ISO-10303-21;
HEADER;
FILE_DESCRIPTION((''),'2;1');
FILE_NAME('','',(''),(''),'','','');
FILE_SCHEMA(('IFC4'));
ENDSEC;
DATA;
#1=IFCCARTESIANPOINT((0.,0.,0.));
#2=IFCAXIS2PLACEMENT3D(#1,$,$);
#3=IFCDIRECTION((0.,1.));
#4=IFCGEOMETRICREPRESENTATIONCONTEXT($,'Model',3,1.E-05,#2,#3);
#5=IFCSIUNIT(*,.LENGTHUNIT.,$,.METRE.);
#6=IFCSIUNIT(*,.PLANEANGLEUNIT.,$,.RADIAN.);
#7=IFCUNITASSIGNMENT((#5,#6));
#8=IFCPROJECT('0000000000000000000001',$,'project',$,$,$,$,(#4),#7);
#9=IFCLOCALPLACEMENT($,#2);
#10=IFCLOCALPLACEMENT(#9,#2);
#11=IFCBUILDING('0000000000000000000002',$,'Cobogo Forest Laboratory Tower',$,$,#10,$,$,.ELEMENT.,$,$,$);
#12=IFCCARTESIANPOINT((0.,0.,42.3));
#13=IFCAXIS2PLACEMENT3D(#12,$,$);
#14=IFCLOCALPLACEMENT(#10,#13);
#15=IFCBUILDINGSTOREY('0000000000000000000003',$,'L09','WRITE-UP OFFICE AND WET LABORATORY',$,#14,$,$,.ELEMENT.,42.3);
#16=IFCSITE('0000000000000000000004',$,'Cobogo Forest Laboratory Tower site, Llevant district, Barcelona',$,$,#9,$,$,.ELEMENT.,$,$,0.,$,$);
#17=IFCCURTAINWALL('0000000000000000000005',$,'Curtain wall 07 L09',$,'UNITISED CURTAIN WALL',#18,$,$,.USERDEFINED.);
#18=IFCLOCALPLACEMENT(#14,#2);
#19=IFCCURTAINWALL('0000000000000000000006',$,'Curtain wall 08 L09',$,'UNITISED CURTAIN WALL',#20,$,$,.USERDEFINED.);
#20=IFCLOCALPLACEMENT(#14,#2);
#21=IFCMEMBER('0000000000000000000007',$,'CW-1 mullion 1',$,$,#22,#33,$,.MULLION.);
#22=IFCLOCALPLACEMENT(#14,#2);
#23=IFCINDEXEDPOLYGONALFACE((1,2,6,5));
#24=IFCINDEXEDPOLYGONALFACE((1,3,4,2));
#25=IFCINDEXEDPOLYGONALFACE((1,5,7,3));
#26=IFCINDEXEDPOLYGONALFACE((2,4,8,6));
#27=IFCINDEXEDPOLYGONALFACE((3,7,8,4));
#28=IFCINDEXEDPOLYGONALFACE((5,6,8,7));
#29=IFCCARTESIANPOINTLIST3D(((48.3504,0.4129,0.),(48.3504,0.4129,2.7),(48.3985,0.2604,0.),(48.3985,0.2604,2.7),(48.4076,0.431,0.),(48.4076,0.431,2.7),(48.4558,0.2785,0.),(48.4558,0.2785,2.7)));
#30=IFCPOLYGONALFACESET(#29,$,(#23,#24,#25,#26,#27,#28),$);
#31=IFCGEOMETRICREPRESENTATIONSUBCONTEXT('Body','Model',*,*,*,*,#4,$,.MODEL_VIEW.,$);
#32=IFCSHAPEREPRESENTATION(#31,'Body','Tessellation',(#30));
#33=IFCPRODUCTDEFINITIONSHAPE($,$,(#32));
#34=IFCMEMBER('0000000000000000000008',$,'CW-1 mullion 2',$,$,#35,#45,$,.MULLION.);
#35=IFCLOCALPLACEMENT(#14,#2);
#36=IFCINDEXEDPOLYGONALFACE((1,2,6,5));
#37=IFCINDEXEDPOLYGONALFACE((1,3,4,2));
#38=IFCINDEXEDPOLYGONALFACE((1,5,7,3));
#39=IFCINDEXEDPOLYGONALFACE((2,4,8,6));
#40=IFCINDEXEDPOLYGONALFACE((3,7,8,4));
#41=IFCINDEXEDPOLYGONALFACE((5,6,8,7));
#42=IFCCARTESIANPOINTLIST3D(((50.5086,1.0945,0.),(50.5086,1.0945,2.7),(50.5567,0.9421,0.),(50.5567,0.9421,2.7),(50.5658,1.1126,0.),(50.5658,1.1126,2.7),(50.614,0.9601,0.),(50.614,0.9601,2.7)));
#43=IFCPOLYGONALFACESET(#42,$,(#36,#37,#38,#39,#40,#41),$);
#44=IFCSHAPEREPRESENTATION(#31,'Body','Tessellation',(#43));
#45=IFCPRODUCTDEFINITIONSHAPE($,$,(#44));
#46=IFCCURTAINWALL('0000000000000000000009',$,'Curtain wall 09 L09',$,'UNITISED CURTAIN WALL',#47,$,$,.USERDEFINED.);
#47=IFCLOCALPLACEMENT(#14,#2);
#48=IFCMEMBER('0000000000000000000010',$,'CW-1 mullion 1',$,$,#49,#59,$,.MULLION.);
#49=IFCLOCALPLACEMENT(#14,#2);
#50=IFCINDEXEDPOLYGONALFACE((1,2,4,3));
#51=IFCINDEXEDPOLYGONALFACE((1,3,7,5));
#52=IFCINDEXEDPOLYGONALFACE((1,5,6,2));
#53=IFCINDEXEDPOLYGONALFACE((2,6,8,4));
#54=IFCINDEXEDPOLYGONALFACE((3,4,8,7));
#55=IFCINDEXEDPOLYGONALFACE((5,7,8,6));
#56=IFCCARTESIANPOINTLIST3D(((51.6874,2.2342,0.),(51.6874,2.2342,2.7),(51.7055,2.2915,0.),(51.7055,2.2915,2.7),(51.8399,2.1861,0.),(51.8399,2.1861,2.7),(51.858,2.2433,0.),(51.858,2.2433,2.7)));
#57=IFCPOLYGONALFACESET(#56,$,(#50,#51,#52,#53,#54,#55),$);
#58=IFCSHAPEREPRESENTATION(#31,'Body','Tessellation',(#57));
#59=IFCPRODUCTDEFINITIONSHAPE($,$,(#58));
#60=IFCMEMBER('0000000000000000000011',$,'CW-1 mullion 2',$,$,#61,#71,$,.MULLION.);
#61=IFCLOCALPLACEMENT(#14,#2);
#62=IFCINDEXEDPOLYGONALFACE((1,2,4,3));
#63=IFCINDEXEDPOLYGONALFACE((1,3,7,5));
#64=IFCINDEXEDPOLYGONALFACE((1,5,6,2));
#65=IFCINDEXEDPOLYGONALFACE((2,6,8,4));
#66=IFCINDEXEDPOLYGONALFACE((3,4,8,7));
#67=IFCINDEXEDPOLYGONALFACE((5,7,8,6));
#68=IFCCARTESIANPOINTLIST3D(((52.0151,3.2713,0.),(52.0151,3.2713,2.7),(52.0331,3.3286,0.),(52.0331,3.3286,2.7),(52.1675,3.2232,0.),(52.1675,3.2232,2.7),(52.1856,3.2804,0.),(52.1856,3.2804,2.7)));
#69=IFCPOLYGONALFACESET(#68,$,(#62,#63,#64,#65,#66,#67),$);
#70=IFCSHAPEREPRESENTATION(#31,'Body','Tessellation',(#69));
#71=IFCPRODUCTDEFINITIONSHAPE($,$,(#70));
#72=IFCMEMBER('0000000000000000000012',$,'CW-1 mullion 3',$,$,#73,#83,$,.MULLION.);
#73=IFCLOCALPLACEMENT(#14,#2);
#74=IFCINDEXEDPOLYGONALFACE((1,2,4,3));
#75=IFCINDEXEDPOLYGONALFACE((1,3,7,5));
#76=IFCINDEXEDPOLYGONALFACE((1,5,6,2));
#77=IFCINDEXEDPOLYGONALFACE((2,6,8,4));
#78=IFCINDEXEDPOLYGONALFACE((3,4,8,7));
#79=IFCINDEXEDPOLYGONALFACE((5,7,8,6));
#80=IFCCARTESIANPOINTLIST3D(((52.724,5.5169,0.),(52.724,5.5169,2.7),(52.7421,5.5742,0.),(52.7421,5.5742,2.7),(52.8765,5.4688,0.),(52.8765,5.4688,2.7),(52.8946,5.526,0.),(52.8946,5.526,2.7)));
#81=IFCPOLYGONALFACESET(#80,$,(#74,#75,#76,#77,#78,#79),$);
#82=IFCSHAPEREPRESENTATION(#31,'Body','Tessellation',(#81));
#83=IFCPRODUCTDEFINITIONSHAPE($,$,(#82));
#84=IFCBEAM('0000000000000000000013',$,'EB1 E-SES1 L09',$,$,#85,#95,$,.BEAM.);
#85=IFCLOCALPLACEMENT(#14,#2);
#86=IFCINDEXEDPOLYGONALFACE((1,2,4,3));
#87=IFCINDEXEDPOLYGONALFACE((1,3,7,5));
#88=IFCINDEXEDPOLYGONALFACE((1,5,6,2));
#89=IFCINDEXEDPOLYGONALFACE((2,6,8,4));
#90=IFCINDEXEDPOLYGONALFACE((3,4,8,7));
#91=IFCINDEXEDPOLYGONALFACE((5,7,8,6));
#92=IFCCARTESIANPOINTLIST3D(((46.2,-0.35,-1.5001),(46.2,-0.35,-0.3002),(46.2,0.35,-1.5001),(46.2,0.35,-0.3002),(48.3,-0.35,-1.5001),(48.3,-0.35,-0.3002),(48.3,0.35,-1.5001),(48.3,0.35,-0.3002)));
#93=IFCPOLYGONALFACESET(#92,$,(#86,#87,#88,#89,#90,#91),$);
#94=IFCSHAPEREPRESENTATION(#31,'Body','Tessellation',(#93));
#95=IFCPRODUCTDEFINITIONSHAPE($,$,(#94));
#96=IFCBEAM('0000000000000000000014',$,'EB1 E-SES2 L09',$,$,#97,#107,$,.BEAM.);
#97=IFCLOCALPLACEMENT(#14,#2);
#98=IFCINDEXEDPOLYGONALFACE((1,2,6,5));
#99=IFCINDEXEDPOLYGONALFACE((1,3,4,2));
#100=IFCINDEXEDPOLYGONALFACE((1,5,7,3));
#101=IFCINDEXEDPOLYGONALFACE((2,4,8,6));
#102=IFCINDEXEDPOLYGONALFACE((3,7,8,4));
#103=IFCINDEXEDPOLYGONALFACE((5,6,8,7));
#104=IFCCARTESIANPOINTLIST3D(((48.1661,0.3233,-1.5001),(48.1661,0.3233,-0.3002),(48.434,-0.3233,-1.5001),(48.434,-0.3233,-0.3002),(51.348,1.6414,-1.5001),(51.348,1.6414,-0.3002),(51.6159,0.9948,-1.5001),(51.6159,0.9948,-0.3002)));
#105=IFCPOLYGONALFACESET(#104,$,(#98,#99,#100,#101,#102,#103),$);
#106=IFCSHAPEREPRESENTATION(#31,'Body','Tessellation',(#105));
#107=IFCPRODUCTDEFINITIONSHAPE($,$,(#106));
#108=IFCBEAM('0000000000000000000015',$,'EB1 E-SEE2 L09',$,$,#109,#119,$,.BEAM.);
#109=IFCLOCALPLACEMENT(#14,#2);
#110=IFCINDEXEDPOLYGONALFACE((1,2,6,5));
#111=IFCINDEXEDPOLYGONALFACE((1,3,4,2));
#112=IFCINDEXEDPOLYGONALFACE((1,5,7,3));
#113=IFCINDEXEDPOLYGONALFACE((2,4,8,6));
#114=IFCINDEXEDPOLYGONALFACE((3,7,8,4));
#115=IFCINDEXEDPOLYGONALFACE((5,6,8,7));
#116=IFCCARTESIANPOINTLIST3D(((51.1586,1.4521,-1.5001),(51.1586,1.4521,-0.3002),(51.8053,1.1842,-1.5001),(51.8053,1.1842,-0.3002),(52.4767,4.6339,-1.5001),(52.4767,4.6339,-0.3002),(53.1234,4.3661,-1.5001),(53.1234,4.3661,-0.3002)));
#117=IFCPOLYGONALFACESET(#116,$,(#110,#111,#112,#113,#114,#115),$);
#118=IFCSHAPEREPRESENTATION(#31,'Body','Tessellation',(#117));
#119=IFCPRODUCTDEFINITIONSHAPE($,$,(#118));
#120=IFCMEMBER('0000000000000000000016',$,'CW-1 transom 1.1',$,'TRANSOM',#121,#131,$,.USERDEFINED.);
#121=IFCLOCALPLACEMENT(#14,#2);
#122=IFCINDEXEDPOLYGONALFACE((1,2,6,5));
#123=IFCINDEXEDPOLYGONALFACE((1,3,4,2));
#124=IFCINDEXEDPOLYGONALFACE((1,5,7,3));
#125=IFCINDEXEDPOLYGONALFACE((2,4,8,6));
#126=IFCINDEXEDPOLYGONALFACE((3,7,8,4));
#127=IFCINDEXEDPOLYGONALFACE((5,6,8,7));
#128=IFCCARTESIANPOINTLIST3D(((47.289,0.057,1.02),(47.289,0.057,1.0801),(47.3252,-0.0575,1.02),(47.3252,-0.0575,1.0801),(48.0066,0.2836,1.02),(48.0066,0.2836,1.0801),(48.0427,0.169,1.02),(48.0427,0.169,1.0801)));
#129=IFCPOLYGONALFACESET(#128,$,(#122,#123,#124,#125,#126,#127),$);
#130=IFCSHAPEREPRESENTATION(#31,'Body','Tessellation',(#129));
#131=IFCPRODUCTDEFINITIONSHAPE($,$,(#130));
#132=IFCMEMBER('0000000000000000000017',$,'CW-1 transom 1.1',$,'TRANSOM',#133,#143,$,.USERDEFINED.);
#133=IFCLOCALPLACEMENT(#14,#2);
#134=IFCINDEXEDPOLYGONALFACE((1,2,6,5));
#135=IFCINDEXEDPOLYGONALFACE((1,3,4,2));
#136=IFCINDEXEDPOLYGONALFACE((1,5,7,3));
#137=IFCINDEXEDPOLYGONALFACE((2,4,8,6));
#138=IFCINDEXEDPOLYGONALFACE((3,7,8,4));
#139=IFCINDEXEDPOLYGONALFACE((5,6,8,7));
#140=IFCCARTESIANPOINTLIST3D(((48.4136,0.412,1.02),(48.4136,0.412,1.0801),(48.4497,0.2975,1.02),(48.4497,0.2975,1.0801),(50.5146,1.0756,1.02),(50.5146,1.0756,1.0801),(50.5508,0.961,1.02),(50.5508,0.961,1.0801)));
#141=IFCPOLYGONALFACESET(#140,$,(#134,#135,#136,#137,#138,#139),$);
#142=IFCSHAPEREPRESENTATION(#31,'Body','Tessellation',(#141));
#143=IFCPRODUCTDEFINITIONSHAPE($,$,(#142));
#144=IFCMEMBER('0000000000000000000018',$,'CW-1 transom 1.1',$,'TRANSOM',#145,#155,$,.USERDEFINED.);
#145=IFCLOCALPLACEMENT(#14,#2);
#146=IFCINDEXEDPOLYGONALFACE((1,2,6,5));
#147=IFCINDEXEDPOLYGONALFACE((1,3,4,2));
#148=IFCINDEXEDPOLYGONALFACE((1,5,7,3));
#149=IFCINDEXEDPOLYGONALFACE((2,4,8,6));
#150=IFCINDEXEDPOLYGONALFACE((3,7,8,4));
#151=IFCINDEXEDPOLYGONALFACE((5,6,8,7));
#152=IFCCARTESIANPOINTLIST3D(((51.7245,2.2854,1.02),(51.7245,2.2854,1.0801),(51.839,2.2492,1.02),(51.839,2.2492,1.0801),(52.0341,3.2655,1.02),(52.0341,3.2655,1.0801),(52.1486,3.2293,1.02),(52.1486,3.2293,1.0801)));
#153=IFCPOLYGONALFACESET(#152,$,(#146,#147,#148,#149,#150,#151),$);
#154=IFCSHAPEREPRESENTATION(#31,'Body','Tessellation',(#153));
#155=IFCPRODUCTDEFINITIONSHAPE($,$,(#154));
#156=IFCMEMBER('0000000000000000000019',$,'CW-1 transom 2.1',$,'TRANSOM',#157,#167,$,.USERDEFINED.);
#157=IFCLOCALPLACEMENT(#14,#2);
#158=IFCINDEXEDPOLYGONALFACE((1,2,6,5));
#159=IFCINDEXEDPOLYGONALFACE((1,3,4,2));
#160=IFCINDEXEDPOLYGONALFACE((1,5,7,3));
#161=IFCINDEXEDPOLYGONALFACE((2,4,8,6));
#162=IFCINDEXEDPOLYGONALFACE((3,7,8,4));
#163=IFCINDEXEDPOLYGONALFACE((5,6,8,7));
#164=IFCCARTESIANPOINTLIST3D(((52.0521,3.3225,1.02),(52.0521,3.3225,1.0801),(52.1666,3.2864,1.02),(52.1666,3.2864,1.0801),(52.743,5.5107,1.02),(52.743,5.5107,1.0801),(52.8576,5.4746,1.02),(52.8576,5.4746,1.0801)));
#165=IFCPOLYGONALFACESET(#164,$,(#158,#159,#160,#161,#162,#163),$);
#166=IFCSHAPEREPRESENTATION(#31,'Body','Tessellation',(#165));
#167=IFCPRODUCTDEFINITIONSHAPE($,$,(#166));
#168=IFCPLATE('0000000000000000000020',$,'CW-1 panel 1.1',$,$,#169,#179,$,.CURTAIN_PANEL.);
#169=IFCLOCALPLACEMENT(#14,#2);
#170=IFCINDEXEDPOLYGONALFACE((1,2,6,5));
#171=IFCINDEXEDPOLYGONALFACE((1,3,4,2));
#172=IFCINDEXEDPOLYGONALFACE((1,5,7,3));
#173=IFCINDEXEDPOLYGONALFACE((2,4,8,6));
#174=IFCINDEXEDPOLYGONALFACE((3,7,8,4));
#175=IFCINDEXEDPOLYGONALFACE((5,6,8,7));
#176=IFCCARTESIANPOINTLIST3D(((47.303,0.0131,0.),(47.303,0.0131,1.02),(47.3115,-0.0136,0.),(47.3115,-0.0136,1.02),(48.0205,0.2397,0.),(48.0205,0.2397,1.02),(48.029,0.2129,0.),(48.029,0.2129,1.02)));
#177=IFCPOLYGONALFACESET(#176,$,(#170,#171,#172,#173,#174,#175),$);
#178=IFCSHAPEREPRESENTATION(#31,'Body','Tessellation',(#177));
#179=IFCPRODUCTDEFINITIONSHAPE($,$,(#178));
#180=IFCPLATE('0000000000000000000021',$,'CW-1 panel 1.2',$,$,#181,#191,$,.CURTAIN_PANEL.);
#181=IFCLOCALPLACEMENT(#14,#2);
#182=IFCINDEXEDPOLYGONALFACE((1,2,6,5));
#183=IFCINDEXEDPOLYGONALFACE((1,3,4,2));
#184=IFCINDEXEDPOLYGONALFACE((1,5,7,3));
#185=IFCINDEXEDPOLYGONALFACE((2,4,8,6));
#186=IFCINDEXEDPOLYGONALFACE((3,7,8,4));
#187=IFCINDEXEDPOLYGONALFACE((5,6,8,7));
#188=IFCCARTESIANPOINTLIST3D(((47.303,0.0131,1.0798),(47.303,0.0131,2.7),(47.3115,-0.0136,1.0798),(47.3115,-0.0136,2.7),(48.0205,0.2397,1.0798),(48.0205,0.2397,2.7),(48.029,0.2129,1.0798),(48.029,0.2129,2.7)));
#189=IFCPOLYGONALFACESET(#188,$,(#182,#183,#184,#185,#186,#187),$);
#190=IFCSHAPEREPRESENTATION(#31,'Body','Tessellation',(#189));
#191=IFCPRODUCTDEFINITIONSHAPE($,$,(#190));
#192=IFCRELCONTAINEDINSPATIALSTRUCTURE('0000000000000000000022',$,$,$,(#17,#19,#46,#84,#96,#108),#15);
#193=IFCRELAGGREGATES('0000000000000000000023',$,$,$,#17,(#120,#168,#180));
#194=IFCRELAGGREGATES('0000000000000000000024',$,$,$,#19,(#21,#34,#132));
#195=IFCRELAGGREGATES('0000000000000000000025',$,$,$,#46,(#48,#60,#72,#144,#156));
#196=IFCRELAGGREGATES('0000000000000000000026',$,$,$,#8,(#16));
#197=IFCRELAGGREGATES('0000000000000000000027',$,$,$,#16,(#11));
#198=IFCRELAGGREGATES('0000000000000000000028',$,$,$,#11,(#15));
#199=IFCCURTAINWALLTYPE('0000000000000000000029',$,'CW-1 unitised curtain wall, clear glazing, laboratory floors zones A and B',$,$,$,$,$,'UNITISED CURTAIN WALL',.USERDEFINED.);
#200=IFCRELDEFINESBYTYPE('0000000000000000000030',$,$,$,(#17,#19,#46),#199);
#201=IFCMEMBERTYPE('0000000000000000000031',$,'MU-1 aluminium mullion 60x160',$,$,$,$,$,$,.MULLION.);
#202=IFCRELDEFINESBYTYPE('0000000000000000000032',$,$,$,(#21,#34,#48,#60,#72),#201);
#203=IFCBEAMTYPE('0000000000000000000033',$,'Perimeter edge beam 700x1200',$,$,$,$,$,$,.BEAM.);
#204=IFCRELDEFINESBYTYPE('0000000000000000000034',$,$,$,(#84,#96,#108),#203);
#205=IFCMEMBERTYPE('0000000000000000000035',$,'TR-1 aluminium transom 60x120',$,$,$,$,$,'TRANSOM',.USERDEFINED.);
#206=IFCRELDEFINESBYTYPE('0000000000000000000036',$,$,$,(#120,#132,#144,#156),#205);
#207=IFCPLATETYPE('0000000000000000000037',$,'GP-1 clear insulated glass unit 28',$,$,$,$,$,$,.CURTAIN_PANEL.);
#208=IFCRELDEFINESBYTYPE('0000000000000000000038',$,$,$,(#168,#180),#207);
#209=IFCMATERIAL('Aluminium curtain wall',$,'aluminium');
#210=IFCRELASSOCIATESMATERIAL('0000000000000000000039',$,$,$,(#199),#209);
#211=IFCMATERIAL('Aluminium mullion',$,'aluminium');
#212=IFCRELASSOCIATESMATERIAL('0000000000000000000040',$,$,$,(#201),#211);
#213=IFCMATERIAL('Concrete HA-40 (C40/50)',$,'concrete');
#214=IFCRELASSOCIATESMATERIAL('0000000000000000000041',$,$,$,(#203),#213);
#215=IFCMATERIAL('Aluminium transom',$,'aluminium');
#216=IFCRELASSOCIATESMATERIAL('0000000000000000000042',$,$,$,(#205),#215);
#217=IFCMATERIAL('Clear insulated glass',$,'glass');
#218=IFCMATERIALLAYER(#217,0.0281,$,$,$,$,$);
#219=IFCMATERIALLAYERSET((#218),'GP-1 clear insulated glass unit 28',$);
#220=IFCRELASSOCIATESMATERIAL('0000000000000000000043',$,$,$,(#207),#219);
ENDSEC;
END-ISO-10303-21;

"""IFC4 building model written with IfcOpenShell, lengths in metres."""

from ifc_helpers import new_model, si_unit, direction, frame, origin, origin_2d, place, context, subcontext, project, spatial, rectangle, extrude, material, layer, layer_set, material_profile, profile_set, type_object, element, aggregate, save


model = new_model("IFC4")

# Units and contexts
model_context = context("Model", 3, precision=1e-05, world=origin(), true_north=direction((0.0, 1.0)))
body_context = subcontext(model_context, "Body", "Model", "MODEL_VIEW")
ifc_project = project(units=[si_unit("LENGTHUNIT", "METRE"), si_unit("PLANEANGLEUNIT", "RADIAN")], contexts=[model_context])

# Site, building, storey
site_placement = place(None, origin())
site = spatial("IfcSite", under=ifc_project, at=site_placement, Name="Cobogo Forest Laboratory Tower site, Llevant district, Barcelona", CompositionType="ELEMENT", RefElevation=0.0)
building_placement = place(site_placement, origin())
building = spatial("IfcBuilding", under=site, at=building_placement, Name="Cobogo Forest Laboratory Tower", CompositionType="ELEMENT")
storey_placement = place(building_placement, frame((0.0, 0.0, 42.3)))
storey = spatial("IfcBuildingStorey", under=building, at=storey_placement, Name="L09", Description="WRITE-UP OFFICE AND WET LABORATORY", CompositionType="ELEMENT", Elevation=42.3)

# Shared definitions
ifc_material_1 = material(Name="Concrete HA-40 (C40/50)", Category="concrete")

# Shared definitions
ifc_material_2 = material(Name="Aluminium curtain wall", Category="aluminium")
curtain_wall_type = type_object("IfcCurtainWallType", Name="CW-1 unitised curtain wall, clear glazing, laboratory floors zones A and B", ElementType="UNITISED CURTAIN WALL", PredefinedType="USERDEFINED", material=ifc_material_2)
ifc_material_3 = material(Name="Aluminium mullion", Category="aluminium")
ifc_material_profile_1 = material_profile(ifc_material_3, rectangle(XDim=0.0601, YDim=0.1599, at=origin_2d()), Name="AL 60x160")
ifc_profile_set_1 = profile_set([ifc_material_profile_1], Name="Aluminium mullion")
member_type_1 = type_object("IfcMemberType", Name="MU-1 aluminium mullion 60x160", PredefinedType="MULLION", material=ifc_profile_set_1)

# Curtain walls, members
curtain_wall_1_placement = place(storey_placement, origin())
curtain_wall_1 = element("IfcCurtainWall", 1, at=curtain_wall_1_placement, inside=storey, type_object=curtain_wall_type, Name="Curtain wall 07 L09", ObjectType="UNITISED CURTAIN WALL", PredefinedType="USERDEFINED")
curtain_wall_2_placement = place(storey_placement, origin())
curtain_wall_2 = element("IfcCurtainWall", 2, at=curtain_wall_2_placement, inside=storey, type_object=curtain_wall_type, Name="Curtain wall 08 L09", ObjectType="UNITISED CURTAIN WALL", PredefinedType="USERDEFINED")
member_1_placement = place(storey_placement, frame((48.4031, 0.3457, 0.0), z_axis=(0.0, 0.0, 1.0), x_axis=(0.953581, 0.301135, 0.0)))
member_1 = element("IfcMember", 3, at=member_1_placement, type_object=member_type_1, Name="CW-1 mullion 1", PredefinedType="MULLION", context=body_context, shape_type="SweptSolid", body=[
    extrude(rectangle(XDim=0.0601, YDim=0.1599, at=origin_2d()), origin(), (0.0, 0.0, 1.0), 2.7),
])
member_2_placement = place(storey_placement, frame((50.5613, 1.0273, 0.0), z_axis=(0.0, 0.0, 1.0), x_axis=(0.953581, 0.301135, 0.0)))
member_2 = element("IfcMember", 4, at=member_2_placement, type_object=member_type_1, Name="CW-1 mullion 2", PredefinedType="MULLION", context=body_context, shape_type="SweptSolid", body=[
    extrude(rectangle(XDim=0.0601, YDim=0.1599, at=origin_2d()), origin(), (0.0, 0.0, 1.0), 2.7),
])
curtain_wall_3_placement = place(storey_placement, origin())
curtain_wall_3 = element("IfcCurtainWall", 5, at=curtain_wall_3_placement, inside=storey, type_object=curtain_wall_type, Name="Curtain wall 09 L09", ObjectType="UNITISED CURTAIN WALL", PredefinedType="USERDEFINED")
member_3_placement = place(storey_placement, frame((51.7727, 2.2388, 0.0), z_axis=(0.0, 0.0, 1.0), x_axis=(0.301135, 0.953581, 0.0)))
member_3 = element("IfcMember", 6, at=member_3_placement, type_object=member_type_1, Name="CW-1 mullion 1", PredefinedType="MULLION", context=body_context, shape_type="SweptSolid", body=[
    extrude(rectangle(XDim=0.0601, YDim=0.1599, at=origin_2d()), origin(), (0.0, 0.0, 1.0), 2.7),
])
member_4_placement = place(storey_placement, frame((52.1003, 3.2759, 0.0), z_axis=(0.0, 0.0, 1.0), x_axis=(0.301135, 0.953581, 0.0)))
member_4 = element("IfcMember", 7, at=member_4_placement, type_object=member_type_1, Name="CW-1 mullion 2", PredefinedType="MULLION", context=body_context, shape_type="SweptSolid", body=[
    extrude(rectangle(XDim=0.0601, YDim=0.1599, at=origin_2d()), origin(), (0.0, 0.0, 1.0), 2.7),
])
member_5_placement = place(storey_placement, frame((52.8093, 5.5215, 0.0), z_axis=(0.0, 0.0, 1.0), x_axis=(0.301135, 0.953581, 0.0)))
member_5 = element("IfcMember", 8, at=member_5_placement, type_object=member_type_1, Name="CW-1 mullion 3", PredefinedType="MULLION", context=body_context, shape_type="SweptSolid", body=[
    extrude(rectangle(XDim=0.0601, YDim=0.1599, at=origin_2d()), origin(), (0.0, 0.0, 1.0), 2.7),
])

# Beams
ifc_material_profile_2 = material_profile(ifc_material_1, rectangle(XDim=0.7, YDim=1.2, at=origin_2d()), Name="RC 700x1200")
ifc_profile_set_2 = profile_set([ifc_material_profile_2], Name="Concrete HA-40 (C40/50)")
beam_type_1 = type_object("IfcBeamType", Name="Perimeter edge beam 700x1200", PredefinedType="BEAM", material=ifc_profile_set_2)
beam_1_placement = place(storey_placement, frame((46.2, 0.0, -0.9001), z_axis=(1.0, 0.0, 0.0), x_axis=(0.0, 1.0, 0.0)))
element("IfcBeam", 9, at=beam_1_placement, inside=storey, type_object=beam_type_1, Name="EB1 E-SES1 L09", PredefinedType="BEAM", context=body_context, shape_type="SweptSolid", body=[
    extrude(rectangle(XDim=0.7, YDim=1.2, at=origin_2d()), origin(), (0.0, 0.0, 1.0), 2.1001),
])
for number, where, z_axis, x_axis, name in (
    (10, (48.3, 0.0, -0.9001), (0.923866, 0.382717, 0.0), (-0.382717, 0.923866, 0.0), "EB1 E-SES2 L09"),
    (11, (52.8, 4.5, -0.9001), (-0.382717, -0.923866, 0.0), (0.923866, -0.382717, 0.0), "EB1 E-SEE2 L09"),
):
    element("IfcBeam", number, at=place(storey_placement, frame(where, z_axis=z_axis, x_axis=x_axis)), inside=storey, type_object=beam_type_1, Name=name, PredefinedType="BEAM", context=body_context, shape_type="SweptSolid", body=[
        extrude(rectangle(XDim=0.7, YDim=1.2, at=origin_2d()), origin(), (0.0, 0.0, 1.0), 3.4441),
    ])

# Members
ifc_material_4 = material(Name="Aluminium transom", Category="aluminium")
ifc_material_profile_3 = material_profile(ifc_material_4, rectangle(XDim=0.1201, YDim=0.0601, at=origin_2d()), Name="AL 60x120")
ifc_profile_set_3 = profile_set([ifc_material_profile_3], Name="Aluminium transom")
member_type_2 = type_object("IfcMemberType", Name="TR-1 aluminium transom 60x120", ElementType="TRANSOM", PredefinedType="USERDEFINED", material=ifc_profile_set_3)
member_6_placement = place(storey_placement, frame((47.3071, -0.0002, 1.05), z_axis=(0.953592, 0.3011, 0.0), x_axis=(-0.3011, 0.953592, 0.0)))
member_6 = element("IfcMember", 12, at=member_6_placement, type_object=member_type_2, Name="CW-1 transom 1.1", ObjectType="TRANSOM", PredefinedType="USERDEFINED", context=body_context, shape_type="SweptSolid", body=[
    extrude(rectangle(XDim=0.1201, YDim=0.0601, at=origin_2d()), origin(), (0.0, 0.0, 1.0), 0.7524),
])
member_7_placement = place(storey_placement, frame((48.4316, 0.3547, 1.05), z_axis=(0.953573, 0.301163, 0.0), x_axis=(-0.301163, 0.953573, 0.0)))
member_7 = element("IfcMember", 13, at=member_7_placement, type_object=member_type_2, Name="CW-1 transom 1.1", ObjectType="TRANSOM", PredefinedType="USERDEFINED", context=body_context, shape_type="SweptSolid", body=[
    extrude(rectangle(XDim=0.1201, YDim=0.0601, at=origin_2d()), origin(), (0.0, 0.0, 1.0), 2.2034),
])
member_8_placement = place(storey_placement, frame((51.7817, 2.2673, 1.05), z_axis=(0.301222, 0.953554, 0.0), x_axis=(-0.953554, 0.301222, 0.0)))
member_8 = element("IfcMember", 14, at=member_8_placement, type_object=member_type_2, Name="CW-1 transom 1.1", ObjectType="TRANSOM", PredefinedType="USERDEFINED", context=body_context, shape_type="SweptSolid", body=[
    extrude(rectangle(XDim=0.1201, YDim=0.0601, at=origin_2d()), origin(), (0.0, 0.0, 1.0), 1.0278),
])
member_9_placement = place(storey_placement, frame((52.1094, 3.3044, 1.05), z_axis=(0.301091, 0.953596, 0.0), x_axis=(-0.953596, 0.301091, 0.0)))
member_9 = element("IfcMember", 15, at=member_9_placement, type_object=member_type_2, Name="CW-1 transom 2.1", ObjectType="TRANSOM", PredefinedType="USERDEFINED", context=body_context, shape_type="SweptSolid", body=[
    extrude(rectangle(XDim=0.1201, YDim=0.0601, at=origin_2d()), origin(), (0.0, 0.0, 1.0), 2.2947),
])

# Plates
ifc_material_5 = material(Name="Clear insulated glass", Category="glass")
ifc_layer = layer(ifc_material_5, 0.0281)
ifc_layer_set = layer_set([ifc_layer], Name="GP-1 clear insulated glass unit 28")
plate_type = type_object("IfcPlateType", Name="GP-1 clear insulated glass unit 28", PredefinedType="CURTAIN_PANEL", material=ifc_layer_set)
plate_1_placement = place(storey_placement, frame((47.666, 0.113, 0.0), z_axis=(0.0, 0.0, 1.0), x_axis=(0.953582, 0.301135, 0.0)))
plate_1 = element("IfcPlate", 16, at=plate_1_placement, type_object=plate_type, Name="CW-1 panel 1.1", PredefinedType="CURTAIN_PANEL", context=body_context, shape_type="SweptSolid", body=[
    extrude(rectangle(XDim=0.7524, YDim=0.0281, at=origin_2d()), origin(), (0.0, 0.0, 1.0), 1.02),
])
plate_2_placement = place(storey_placement, frame((47.666, 0.113, 1.0798), z_axis=(0.0, 0.0, 1.0), x_axis=(0.953582, 0.301135, 0.0)))
plate_2 = element("IfcPlate", 17, at=plate_2_placement, type_object=plate_type, Name="CW-1 panel 1.2", PredefinedType="CURTAIN_PANEL", context=body_context, shape_type="SweptSolid", body=[
    extrude(rectangle(XDim=0.7524, YDim=0.0281, at=origin_2d()), origin(), (0.0, 0.0, 1.0), 1.6201),
])
aggregate(curtain_wall_1, [member_6, plate_1, plate_2])
aggregate(curtain_wall_2, [member_1, member_2, member_7])
aggregate(curtain_wall_3, [member_3, member_4, member_5, member_8, member_9])

save(model, "model.ifc")
